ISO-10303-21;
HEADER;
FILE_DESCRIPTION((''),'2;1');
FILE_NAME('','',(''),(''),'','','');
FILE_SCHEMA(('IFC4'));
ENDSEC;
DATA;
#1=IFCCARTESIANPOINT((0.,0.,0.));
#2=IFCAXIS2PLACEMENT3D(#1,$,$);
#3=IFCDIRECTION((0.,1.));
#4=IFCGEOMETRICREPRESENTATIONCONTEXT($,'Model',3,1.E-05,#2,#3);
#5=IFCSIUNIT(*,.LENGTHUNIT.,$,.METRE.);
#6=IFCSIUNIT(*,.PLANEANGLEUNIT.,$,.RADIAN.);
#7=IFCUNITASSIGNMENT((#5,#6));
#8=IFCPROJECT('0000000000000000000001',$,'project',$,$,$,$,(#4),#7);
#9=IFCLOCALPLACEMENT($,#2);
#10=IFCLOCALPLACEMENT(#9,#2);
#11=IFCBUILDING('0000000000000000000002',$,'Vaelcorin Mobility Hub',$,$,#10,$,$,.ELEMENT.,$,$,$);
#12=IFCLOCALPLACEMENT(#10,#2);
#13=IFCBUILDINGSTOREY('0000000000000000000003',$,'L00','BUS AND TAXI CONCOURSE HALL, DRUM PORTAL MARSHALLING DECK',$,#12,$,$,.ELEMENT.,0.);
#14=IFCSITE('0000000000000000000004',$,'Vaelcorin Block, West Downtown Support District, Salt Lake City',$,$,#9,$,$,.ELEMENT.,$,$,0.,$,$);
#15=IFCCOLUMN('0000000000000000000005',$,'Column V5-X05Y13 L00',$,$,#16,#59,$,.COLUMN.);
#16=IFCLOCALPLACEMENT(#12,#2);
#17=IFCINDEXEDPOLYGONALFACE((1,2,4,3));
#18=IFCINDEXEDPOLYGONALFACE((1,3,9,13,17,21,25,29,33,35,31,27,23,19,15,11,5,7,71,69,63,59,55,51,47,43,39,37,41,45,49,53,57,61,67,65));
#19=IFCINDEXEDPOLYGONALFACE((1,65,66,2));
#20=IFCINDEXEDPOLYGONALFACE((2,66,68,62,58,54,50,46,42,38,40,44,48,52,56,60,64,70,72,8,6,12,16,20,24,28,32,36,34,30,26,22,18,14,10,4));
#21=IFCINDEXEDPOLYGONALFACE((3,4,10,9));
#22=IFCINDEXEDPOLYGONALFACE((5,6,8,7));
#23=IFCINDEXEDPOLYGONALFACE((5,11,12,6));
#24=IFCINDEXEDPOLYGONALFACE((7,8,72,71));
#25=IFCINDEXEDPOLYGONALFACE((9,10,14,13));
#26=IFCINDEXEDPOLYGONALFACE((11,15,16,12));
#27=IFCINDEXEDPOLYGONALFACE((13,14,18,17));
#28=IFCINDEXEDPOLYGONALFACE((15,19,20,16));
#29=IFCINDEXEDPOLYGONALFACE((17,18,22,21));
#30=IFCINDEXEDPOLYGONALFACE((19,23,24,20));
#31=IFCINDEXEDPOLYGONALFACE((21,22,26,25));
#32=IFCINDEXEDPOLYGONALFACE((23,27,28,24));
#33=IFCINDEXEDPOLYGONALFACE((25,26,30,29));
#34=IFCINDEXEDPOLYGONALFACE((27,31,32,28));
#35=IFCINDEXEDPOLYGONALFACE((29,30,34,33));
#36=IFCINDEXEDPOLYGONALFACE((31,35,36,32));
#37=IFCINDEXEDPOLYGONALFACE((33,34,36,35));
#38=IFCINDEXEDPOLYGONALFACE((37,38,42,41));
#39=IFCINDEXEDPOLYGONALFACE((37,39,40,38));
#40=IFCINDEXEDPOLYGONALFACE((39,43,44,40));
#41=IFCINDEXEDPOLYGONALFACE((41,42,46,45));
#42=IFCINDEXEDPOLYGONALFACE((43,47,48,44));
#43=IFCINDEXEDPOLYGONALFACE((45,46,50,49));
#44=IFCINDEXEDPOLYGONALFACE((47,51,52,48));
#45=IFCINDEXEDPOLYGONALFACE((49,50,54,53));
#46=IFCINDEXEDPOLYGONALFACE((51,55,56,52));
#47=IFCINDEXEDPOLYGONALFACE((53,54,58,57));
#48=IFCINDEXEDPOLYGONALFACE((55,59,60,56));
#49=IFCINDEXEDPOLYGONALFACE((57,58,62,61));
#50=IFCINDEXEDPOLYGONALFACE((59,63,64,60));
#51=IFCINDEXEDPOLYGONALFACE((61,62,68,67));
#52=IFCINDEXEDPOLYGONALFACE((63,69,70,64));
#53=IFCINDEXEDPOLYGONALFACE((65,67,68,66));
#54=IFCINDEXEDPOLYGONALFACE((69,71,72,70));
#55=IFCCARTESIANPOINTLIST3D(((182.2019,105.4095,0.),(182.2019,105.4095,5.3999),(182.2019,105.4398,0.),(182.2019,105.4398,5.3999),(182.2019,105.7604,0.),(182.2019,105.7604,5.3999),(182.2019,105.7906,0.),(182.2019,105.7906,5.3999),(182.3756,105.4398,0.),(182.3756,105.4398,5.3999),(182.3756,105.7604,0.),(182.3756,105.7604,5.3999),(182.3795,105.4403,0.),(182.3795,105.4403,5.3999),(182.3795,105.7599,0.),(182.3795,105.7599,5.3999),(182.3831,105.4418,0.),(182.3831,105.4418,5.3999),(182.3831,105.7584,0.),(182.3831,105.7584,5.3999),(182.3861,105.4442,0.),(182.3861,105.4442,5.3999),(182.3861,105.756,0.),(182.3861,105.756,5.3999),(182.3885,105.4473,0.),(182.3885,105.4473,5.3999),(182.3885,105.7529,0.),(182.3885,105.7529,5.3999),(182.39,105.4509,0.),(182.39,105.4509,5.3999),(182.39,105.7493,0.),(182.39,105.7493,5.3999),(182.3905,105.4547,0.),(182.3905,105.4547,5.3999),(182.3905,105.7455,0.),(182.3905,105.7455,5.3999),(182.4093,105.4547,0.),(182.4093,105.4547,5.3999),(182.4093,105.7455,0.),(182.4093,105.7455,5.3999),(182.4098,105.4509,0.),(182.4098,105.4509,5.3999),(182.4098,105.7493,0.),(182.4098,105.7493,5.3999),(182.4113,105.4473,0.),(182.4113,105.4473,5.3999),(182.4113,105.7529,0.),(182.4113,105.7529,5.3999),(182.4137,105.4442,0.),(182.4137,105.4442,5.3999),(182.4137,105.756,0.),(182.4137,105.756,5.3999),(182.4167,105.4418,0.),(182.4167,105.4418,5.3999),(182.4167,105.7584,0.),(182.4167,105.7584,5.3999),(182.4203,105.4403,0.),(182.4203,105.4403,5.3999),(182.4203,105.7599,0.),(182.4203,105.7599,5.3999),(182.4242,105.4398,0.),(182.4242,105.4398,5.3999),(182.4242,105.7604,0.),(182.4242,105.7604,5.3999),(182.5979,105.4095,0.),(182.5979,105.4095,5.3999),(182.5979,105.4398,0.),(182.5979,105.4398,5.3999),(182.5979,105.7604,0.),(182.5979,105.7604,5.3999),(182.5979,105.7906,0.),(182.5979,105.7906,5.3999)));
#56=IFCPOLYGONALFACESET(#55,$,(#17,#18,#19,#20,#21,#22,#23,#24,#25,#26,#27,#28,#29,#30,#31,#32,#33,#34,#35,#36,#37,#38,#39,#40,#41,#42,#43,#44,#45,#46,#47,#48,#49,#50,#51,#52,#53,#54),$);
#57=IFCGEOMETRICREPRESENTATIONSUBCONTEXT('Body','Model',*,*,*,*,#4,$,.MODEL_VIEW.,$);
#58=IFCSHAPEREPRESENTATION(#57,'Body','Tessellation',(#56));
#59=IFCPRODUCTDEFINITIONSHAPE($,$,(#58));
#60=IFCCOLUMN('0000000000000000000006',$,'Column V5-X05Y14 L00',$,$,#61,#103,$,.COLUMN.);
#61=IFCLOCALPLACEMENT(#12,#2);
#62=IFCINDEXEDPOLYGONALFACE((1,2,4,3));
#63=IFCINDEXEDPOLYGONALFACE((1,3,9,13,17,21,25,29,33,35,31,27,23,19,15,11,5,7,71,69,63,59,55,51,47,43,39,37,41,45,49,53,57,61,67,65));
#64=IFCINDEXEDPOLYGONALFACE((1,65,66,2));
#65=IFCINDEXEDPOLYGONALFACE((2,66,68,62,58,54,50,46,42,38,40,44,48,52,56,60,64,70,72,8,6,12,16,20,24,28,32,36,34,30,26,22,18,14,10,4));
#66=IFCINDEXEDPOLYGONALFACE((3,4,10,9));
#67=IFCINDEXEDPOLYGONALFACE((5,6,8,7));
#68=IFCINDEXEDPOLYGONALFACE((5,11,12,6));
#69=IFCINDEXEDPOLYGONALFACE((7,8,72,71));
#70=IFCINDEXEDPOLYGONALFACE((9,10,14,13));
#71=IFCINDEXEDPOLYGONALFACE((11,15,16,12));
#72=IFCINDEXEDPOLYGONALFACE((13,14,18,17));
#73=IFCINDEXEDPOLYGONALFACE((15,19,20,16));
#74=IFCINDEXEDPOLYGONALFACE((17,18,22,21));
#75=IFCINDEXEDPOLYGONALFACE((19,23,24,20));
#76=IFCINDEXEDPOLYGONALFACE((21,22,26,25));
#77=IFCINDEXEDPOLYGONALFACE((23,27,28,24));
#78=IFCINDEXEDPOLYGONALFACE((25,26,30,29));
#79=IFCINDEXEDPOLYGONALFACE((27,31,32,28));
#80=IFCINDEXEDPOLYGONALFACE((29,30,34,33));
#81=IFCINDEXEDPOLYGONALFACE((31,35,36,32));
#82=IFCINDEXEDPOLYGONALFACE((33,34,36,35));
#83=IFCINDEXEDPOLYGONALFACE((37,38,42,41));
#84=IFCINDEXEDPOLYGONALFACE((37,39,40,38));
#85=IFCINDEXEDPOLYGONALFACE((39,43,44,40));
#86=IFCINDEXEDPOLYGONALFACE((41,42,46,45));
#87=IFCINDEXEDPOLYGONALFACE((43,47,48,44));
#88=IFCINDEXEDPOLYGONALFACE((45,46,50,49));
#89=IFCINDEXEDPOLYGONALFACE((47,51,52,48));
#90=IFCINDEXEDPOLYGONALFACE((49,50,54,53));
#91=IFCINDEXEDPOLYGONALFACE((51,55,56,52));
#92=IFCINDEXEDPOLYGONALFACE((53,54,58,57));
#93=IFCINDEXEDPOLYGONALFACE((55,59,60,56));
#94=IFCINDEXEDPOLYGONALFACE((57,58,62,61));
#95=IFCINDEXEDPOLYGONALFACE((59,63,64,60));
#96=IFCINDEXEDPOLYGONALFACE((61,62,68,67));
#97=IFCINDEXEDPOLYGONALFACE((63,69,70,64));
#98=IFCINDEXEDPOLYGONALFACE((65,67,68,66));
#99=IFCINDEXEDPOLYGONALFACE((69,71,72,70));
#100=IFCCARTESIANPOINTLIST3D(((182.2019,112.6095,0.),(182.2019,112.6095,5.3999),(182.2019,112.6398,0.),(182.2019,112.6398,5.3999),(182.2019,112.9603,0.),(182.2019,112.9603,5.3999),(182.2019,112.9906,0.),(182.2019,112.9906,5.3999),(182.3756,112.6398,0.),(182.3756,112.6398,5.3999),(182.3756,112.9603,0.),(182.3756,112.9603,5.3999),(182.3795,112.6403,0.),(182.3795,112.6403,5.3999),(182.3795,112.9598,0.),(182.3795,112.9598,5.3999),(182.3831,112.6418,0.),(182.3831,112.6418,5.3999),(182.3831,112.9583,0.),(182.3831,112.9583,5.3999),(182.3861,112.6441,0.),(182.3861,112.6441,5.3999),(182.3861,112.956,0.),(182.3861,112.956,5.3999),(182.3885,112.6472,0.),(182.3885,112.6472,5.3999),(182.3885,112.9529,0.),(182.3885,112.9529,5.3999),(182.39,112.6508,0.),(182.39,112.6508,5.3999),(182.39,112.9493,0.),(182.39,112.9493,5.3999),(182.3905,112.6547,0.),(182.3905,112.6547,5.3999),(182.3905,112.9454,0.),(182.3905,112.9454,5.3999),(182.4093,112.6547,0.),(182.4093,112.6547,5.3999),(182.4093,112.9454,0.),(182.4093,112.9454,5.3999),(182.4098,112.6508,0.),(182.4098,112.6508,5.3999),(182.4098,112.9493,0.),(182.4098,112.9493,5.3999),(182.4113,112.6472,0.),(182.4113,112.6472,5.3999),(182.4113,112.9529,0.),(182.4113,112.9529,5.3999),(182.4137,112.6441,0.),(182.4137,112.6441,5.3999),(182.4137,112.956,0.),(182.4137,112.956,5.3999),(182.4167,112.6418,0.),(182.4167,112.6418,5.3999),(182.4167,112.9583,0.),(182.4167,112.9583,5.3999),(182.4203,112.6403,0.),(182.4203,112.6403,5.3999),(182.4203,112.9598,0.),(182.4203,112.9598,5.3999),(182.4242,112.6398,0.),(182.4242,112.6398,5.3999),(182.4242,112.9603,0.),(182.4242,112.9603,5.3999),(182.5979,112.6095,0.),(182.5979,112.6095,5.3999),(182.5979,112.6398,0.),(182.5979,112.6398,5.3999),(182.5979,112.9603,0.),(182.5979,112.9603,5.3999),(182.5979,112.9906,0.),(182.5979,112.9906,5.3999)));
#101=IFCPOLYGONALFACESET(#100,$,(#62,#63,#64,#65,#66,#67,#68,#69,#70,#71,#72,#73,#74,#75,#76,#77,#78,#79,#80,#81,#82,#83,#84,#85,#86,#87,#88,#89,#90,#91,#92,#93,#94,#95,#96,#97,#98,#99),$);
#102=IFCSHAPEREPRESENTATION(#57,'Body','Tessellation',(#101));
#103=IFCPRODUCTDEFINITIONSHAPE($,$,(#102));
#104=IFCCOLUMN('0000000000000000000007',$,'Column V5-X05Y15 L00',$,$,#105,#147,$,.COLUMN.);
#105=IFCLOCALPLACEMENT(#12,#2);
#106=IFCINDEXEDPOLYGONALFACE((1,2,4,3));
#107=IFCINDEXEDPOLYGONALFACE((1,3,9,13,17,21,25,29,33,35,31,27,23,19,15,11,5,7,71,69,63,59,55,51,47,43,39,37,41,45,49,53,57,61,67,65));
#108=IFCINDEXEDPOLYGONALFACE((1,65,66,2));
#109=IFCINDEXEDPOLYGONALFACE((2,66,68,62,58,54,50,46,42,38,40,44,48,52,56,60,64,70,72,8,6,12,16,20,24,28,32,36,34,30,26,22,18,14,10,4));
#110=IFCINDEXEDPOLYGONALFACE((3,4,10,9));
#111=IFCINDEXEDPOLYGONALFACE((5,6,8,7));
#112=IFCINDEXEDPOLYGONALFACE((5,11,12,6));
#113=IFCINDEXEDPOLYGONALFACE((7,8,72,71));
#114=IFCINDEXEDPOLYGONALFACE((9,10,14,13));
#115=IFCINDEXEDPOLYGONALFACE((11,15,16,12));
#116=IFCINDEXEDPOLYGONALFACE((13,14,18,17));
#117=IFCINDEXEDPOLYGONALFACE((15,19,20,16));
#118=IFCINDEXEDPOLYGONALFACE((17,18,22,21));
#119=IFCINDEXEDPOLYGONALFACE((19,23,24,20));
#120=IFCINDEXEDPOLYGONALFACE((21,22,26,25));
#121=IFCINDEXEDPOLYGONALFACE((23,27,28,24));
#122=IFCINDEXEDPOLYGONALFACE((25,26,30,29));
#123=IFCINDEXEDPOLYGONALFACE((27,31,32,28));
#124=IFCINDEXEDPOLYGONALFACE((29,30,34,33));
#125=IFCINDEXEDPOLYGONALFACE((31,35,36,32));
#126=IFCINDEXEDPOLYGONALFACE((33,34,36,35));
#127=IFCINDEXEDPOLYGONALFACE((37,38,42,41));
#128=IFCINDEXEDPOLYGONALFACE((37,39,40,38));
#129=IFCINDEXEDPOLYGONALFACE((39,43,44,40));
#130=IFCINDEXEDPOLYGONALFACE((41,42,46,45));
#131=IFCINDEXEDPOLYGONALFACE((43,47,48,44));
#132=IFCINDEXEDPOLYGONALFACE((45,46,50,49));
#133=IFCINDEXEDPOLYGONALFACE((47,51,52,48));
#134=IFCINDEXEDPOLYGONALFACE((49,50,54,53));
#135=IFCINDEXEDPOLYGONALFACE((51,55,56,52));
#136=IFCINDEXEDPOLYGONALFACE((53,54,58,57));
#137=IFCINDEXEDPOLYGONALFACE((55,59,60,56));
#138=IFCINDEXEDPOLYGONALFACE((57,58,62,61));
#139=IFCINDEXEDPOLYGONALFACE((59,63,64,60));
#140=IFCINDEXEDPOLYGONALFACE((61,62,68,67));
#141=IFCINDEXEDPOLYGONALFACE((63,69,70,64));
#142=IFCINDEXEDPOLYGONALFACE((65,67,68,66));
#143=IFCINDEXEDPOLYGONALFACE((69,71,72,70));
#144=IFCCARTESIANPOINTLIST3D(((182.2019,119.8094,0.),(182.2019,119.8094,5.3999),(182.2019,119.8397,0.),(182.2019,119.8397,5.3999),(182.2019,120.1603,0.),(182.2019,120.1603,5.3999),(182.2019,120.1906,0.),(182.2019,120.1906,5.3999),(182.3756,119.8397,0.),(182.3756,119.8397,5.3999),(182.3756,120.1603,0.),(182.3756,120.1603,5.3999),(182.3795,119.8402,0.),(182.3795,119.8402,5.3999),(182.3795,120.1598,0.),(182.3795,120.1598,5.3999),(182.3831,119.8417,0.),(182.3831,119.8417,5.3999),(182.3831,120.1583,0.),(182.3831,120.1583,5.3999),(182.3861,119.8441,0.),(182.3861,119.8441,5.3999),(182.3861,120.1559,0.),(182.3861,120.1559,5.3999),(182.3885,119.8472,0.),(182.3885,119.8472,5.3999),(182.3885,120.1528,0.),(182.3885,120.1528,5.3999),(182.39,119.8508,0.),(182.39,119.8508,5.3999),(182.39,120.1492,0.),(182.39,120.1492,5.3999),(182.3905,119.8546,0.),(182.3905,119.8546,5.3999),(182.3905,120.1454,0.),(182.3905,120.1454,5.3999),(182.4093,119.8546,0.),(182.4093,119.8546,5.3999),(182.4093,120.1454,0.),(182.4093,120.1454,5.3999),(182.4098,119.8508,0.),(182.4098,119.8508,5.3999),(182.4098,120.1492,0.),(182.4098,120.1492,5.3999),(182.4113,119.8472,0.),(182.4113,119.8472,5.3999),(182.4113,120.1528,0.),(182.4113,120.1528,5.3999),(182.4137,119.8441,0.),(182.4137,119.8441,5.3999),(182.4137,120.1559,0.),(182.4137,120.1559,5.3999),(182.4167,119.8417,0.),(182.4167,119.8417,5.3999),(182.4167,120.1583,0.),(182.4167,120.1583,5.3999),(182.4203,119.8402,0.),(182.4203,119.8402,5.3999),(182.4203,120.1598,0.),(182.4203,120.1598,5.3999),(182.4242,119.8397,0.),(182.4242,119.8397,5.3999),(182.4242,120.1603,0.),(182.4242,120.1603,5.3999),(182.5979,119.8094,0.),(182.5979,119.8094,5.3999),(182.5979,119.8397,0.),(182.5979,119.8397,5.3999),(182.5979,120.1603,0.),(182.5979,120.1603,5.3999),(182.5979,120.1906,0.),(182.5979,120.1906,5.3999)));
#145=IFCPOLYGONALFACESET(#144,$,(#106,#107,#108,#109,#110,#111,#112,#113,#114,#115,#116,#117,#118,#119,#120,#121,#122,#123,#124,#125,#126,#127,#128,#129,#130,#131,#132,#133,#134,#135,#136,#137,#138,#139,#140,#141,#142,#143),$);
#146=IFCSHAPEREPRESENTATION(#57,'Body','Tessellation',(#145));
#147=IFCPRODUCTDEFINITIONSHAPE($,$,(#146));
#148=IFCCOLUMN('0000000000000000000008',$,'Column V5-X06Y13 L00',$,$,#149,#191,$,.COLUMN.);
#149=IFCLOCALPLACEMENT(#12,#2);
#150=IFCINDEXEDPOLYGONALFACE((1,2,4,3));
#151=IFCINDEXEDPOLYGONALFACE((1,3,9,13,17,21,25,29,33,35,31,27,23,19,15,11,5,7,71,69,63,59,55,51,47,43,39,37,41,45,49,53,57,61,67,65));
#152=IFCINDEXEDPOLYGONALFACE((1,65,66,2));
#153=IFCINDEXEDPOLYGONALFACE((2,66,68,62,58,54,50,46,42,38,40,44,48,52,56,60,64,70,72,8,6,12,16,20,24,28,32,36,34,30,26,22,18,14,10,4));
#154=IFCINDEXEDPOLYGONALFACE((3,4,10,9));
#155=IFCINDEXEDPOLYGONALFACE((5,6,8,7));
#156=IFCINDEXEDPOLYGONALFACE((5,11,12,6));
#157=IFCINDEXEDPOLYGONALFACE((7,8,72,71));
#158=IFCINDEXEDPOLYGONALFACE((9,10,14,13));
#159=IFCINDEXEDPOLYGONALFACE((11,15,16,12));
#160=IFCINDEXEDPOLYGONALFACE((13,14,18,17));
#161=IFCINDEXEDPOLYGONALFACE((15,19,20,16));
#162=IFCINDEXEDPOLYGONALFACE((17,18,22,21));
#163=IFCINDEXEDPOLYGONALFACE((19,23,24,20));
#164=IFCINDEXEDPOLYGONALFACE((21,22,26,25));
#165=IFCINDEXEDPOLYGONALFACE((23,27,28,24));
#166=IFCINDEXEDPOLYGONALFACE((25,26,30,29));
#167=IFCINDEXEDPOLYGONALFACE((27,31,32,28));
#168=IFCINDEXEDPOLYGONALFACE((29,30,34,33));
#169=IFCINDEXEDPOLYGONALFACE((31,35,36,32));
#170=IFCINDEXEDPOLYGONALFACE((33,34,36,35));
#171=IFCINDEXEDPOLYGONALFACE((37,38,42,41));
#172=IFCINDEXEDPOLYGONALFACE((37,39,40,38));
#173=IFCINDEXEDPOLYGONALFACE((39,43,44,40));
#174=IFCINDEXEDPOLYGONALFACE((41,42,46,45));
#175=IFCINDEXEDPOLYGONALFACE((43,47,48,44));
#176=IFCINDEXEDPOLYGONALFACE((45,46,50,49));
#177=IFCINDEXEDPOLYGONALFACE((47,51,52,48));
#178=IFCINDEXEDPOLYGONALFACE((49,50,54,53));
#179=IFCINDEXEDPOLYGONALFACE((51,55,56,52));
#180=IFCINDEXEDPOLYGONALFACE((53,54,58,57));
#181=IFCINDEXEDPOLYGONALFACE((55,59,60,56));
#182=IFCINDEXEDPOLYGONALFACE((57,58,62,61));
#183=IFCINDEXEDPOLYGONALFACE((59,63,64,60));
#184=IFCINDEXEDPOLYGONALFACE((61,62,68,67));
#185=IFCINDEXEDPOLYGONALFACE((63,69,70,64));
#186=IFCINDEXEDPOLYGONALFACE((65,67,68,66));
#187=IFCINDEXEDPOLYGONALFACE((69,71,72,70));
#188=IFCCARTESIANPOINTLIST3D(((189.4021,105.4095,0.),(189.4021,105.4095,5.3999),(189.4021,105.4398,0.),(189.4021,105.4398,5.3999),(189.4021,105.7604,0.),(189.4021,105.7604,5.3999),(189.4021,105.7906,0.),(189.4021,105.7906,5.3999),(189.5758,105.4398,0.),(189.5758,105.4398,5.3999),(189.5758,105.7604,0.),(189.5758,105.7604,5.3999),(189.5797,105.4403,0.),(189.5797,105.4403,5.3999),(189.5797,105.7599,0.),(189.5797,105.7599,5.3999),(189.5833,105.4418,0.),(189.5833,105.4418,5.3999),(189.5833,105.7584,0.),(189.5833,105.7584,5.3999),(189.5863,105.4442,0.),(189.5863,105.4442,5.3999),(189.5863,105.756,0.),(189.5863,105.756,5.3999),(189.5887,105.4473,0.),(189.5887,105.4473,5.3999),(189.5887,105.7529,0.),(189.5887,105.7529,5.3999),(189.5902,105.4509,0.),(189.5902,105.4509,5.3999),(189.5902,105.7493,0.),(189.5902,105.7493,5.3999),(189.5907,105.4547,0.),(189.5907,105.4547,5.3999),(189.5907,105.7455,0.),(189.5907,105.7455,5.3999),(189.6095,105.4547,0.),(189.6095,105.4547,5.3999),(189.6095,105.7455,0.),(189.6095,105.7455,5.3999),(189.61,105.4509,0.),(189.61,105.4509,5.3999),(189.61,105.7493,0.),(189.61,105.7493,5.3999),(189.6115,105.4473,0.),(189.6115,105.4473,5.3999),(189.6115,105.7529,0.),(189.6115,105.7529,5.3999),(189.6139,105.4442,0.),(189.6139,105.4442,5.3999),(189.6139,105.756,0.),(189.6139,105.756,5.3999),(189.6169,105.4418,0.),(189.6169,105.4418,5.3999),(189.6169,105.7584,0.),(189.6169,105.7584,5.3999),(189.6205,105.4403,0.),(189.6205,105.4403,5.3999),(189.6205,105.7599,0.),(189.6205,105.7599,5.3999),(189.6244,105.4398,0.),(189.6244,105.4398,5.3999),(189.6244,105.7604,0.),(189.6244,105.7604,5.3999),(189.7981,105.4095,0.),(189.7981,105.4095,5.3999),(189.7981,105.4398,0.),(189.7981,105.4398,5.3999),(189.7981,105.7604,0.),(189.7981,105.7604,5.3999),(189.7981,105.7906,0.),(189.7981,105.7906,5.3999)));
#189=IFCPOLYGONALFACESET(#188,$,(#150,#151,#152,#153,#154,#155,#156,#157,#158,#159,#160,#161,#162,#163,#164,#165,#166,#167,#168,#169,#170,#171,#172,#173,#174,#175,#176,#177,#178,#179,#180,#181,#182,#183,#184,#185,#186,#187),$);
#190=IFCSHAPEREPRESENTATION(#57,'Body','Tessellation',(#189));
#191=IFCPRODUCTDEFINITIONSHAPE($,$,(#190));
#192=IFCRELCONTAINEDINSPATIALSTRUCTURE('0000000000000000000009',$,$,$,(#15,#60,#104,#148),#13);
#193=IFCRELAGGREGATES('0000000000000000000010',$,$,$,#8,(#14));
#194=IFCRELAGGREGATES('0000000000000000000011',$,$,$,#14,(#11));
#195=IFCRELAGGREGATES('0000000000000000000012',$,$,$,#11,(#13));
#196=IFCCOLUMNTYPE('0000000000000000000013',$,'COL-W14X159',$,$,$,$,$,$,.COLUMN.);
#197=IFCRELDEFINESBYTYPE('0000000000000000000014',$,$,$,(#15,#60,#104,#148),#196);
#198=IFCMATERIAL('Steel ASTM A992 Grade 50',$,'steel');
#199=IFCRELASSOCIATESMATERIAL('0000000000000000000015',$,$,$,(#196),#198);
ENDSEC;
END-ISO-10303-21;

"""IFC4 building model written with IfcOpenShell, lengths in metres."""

from ifc_helpers import new_model, si_unit, direction, frame, origin, origin_2d, place, context, subcontext, project, spatial, i_section, extrude, material, material_profile, profile_set, type_object, element, save


model = new_model("IFC4")

# Units and contexts
model_context = context("Model", 3, precision=1e-05, world=origin(), true_north=direction((0.0, 1.0)))
body_context = subcontext(model_context, "Body", "Model", "MODEL_VIEW")
ifc_project = project(units=[si_unit("LENGTHUNIT", "METRE"), si_unit("PLANEANGLEUNIT", "RADIAN")], contexts=[model_context])

# Site, building, storey
site_placement = place(None, origin())
site = spatial("IfcSite", under=ifc_project, at=site_placement, Name="Vaelcorin Block, West Downtown Support District, Salt Lake City", CompositionType="ELEMENT", RefElevation=0.0)
building_placement = place(site_placement, origin())
building = spatial("IfcBuilding", under=site, at=building_placement, Name="Vaelcorin Mobility Hub", CompositionType="ELEMENT")
storey_placement = place(building_placement, origin())
storey = spatial("IfcBuildingStorey", under=building, at=storey_placement, Name="L00", Description="BUS AND TAXI CONCOURSE HALL, DRUM PORTAL MARSHALLING DECK", CompositionType="ELEMENT", Elevation=0.0)

# Columns
ifc_material_1 = material(Name="Steel ASTM A992 Grade 50", Category="steel")
ifc_material_profile_1 = material_profile(ifc_material_1, i_section(OverallWidth=0.396, OverallDepth=0.3811, WebThickness=0.0188, FlangeThickness=0.0303, FilletRadius=0.0149, at=origin_2d()), Name="W14X159")
ifc_profile_set_1 = profile_set([ifc_material_profile_1], Name="Steel ASTM A992 Grade 50")
column_type = type_object("IfcColumnType", Name="COL-W14X159", PredefinedType="COLUMN", material=ifc_profile_set_1)
for number, where, z_axis, x_axis, name in (
    (1, (182.3999, 105.6001, 0.0), (0.0, 0.0, 1.0), (1.0, 0.0, 0.0), "Column V5-X05Y13 L00"),
    (2, (182.3999, 112.8, 0.0), (0.0, 0.0, 1.0), (1.0, 0.0, 0.0), "Column V5-X05Y14 L00"),
    (3, (182.3999, 120.0, 0.0), (0.0, 0.0, 1.0), (1.0, 0.0, 0.0), "Column V5-X05Y15 L00"),
    (4, (189.6001, 105.6001, 0.0), (0.0, 0.0, 1.0), (1.0, 0.0, 0.0), "Column V5-X06Y13 L00"),
):
    element("IfcColumn", number, at=place(storey_placement, frame(where, z_axis=z_axis, x_axis=x_axis)), inside=storey, type_object=column_type, Name=name, PredefinedType="COLUMN", context=body_context, shape_type="SweptSolid", body=[
        extrude(i_section(OverallWidth=0.396, OverallDepth=0.3811, WebThickness=0.0188, FlangeThickness=0.0303, FilletRadius=0.0149, at=origin_2d()), origin(), (0.0, 0.0, 1.0), 5.3999),
    ])

save(model, "model.ifc")
